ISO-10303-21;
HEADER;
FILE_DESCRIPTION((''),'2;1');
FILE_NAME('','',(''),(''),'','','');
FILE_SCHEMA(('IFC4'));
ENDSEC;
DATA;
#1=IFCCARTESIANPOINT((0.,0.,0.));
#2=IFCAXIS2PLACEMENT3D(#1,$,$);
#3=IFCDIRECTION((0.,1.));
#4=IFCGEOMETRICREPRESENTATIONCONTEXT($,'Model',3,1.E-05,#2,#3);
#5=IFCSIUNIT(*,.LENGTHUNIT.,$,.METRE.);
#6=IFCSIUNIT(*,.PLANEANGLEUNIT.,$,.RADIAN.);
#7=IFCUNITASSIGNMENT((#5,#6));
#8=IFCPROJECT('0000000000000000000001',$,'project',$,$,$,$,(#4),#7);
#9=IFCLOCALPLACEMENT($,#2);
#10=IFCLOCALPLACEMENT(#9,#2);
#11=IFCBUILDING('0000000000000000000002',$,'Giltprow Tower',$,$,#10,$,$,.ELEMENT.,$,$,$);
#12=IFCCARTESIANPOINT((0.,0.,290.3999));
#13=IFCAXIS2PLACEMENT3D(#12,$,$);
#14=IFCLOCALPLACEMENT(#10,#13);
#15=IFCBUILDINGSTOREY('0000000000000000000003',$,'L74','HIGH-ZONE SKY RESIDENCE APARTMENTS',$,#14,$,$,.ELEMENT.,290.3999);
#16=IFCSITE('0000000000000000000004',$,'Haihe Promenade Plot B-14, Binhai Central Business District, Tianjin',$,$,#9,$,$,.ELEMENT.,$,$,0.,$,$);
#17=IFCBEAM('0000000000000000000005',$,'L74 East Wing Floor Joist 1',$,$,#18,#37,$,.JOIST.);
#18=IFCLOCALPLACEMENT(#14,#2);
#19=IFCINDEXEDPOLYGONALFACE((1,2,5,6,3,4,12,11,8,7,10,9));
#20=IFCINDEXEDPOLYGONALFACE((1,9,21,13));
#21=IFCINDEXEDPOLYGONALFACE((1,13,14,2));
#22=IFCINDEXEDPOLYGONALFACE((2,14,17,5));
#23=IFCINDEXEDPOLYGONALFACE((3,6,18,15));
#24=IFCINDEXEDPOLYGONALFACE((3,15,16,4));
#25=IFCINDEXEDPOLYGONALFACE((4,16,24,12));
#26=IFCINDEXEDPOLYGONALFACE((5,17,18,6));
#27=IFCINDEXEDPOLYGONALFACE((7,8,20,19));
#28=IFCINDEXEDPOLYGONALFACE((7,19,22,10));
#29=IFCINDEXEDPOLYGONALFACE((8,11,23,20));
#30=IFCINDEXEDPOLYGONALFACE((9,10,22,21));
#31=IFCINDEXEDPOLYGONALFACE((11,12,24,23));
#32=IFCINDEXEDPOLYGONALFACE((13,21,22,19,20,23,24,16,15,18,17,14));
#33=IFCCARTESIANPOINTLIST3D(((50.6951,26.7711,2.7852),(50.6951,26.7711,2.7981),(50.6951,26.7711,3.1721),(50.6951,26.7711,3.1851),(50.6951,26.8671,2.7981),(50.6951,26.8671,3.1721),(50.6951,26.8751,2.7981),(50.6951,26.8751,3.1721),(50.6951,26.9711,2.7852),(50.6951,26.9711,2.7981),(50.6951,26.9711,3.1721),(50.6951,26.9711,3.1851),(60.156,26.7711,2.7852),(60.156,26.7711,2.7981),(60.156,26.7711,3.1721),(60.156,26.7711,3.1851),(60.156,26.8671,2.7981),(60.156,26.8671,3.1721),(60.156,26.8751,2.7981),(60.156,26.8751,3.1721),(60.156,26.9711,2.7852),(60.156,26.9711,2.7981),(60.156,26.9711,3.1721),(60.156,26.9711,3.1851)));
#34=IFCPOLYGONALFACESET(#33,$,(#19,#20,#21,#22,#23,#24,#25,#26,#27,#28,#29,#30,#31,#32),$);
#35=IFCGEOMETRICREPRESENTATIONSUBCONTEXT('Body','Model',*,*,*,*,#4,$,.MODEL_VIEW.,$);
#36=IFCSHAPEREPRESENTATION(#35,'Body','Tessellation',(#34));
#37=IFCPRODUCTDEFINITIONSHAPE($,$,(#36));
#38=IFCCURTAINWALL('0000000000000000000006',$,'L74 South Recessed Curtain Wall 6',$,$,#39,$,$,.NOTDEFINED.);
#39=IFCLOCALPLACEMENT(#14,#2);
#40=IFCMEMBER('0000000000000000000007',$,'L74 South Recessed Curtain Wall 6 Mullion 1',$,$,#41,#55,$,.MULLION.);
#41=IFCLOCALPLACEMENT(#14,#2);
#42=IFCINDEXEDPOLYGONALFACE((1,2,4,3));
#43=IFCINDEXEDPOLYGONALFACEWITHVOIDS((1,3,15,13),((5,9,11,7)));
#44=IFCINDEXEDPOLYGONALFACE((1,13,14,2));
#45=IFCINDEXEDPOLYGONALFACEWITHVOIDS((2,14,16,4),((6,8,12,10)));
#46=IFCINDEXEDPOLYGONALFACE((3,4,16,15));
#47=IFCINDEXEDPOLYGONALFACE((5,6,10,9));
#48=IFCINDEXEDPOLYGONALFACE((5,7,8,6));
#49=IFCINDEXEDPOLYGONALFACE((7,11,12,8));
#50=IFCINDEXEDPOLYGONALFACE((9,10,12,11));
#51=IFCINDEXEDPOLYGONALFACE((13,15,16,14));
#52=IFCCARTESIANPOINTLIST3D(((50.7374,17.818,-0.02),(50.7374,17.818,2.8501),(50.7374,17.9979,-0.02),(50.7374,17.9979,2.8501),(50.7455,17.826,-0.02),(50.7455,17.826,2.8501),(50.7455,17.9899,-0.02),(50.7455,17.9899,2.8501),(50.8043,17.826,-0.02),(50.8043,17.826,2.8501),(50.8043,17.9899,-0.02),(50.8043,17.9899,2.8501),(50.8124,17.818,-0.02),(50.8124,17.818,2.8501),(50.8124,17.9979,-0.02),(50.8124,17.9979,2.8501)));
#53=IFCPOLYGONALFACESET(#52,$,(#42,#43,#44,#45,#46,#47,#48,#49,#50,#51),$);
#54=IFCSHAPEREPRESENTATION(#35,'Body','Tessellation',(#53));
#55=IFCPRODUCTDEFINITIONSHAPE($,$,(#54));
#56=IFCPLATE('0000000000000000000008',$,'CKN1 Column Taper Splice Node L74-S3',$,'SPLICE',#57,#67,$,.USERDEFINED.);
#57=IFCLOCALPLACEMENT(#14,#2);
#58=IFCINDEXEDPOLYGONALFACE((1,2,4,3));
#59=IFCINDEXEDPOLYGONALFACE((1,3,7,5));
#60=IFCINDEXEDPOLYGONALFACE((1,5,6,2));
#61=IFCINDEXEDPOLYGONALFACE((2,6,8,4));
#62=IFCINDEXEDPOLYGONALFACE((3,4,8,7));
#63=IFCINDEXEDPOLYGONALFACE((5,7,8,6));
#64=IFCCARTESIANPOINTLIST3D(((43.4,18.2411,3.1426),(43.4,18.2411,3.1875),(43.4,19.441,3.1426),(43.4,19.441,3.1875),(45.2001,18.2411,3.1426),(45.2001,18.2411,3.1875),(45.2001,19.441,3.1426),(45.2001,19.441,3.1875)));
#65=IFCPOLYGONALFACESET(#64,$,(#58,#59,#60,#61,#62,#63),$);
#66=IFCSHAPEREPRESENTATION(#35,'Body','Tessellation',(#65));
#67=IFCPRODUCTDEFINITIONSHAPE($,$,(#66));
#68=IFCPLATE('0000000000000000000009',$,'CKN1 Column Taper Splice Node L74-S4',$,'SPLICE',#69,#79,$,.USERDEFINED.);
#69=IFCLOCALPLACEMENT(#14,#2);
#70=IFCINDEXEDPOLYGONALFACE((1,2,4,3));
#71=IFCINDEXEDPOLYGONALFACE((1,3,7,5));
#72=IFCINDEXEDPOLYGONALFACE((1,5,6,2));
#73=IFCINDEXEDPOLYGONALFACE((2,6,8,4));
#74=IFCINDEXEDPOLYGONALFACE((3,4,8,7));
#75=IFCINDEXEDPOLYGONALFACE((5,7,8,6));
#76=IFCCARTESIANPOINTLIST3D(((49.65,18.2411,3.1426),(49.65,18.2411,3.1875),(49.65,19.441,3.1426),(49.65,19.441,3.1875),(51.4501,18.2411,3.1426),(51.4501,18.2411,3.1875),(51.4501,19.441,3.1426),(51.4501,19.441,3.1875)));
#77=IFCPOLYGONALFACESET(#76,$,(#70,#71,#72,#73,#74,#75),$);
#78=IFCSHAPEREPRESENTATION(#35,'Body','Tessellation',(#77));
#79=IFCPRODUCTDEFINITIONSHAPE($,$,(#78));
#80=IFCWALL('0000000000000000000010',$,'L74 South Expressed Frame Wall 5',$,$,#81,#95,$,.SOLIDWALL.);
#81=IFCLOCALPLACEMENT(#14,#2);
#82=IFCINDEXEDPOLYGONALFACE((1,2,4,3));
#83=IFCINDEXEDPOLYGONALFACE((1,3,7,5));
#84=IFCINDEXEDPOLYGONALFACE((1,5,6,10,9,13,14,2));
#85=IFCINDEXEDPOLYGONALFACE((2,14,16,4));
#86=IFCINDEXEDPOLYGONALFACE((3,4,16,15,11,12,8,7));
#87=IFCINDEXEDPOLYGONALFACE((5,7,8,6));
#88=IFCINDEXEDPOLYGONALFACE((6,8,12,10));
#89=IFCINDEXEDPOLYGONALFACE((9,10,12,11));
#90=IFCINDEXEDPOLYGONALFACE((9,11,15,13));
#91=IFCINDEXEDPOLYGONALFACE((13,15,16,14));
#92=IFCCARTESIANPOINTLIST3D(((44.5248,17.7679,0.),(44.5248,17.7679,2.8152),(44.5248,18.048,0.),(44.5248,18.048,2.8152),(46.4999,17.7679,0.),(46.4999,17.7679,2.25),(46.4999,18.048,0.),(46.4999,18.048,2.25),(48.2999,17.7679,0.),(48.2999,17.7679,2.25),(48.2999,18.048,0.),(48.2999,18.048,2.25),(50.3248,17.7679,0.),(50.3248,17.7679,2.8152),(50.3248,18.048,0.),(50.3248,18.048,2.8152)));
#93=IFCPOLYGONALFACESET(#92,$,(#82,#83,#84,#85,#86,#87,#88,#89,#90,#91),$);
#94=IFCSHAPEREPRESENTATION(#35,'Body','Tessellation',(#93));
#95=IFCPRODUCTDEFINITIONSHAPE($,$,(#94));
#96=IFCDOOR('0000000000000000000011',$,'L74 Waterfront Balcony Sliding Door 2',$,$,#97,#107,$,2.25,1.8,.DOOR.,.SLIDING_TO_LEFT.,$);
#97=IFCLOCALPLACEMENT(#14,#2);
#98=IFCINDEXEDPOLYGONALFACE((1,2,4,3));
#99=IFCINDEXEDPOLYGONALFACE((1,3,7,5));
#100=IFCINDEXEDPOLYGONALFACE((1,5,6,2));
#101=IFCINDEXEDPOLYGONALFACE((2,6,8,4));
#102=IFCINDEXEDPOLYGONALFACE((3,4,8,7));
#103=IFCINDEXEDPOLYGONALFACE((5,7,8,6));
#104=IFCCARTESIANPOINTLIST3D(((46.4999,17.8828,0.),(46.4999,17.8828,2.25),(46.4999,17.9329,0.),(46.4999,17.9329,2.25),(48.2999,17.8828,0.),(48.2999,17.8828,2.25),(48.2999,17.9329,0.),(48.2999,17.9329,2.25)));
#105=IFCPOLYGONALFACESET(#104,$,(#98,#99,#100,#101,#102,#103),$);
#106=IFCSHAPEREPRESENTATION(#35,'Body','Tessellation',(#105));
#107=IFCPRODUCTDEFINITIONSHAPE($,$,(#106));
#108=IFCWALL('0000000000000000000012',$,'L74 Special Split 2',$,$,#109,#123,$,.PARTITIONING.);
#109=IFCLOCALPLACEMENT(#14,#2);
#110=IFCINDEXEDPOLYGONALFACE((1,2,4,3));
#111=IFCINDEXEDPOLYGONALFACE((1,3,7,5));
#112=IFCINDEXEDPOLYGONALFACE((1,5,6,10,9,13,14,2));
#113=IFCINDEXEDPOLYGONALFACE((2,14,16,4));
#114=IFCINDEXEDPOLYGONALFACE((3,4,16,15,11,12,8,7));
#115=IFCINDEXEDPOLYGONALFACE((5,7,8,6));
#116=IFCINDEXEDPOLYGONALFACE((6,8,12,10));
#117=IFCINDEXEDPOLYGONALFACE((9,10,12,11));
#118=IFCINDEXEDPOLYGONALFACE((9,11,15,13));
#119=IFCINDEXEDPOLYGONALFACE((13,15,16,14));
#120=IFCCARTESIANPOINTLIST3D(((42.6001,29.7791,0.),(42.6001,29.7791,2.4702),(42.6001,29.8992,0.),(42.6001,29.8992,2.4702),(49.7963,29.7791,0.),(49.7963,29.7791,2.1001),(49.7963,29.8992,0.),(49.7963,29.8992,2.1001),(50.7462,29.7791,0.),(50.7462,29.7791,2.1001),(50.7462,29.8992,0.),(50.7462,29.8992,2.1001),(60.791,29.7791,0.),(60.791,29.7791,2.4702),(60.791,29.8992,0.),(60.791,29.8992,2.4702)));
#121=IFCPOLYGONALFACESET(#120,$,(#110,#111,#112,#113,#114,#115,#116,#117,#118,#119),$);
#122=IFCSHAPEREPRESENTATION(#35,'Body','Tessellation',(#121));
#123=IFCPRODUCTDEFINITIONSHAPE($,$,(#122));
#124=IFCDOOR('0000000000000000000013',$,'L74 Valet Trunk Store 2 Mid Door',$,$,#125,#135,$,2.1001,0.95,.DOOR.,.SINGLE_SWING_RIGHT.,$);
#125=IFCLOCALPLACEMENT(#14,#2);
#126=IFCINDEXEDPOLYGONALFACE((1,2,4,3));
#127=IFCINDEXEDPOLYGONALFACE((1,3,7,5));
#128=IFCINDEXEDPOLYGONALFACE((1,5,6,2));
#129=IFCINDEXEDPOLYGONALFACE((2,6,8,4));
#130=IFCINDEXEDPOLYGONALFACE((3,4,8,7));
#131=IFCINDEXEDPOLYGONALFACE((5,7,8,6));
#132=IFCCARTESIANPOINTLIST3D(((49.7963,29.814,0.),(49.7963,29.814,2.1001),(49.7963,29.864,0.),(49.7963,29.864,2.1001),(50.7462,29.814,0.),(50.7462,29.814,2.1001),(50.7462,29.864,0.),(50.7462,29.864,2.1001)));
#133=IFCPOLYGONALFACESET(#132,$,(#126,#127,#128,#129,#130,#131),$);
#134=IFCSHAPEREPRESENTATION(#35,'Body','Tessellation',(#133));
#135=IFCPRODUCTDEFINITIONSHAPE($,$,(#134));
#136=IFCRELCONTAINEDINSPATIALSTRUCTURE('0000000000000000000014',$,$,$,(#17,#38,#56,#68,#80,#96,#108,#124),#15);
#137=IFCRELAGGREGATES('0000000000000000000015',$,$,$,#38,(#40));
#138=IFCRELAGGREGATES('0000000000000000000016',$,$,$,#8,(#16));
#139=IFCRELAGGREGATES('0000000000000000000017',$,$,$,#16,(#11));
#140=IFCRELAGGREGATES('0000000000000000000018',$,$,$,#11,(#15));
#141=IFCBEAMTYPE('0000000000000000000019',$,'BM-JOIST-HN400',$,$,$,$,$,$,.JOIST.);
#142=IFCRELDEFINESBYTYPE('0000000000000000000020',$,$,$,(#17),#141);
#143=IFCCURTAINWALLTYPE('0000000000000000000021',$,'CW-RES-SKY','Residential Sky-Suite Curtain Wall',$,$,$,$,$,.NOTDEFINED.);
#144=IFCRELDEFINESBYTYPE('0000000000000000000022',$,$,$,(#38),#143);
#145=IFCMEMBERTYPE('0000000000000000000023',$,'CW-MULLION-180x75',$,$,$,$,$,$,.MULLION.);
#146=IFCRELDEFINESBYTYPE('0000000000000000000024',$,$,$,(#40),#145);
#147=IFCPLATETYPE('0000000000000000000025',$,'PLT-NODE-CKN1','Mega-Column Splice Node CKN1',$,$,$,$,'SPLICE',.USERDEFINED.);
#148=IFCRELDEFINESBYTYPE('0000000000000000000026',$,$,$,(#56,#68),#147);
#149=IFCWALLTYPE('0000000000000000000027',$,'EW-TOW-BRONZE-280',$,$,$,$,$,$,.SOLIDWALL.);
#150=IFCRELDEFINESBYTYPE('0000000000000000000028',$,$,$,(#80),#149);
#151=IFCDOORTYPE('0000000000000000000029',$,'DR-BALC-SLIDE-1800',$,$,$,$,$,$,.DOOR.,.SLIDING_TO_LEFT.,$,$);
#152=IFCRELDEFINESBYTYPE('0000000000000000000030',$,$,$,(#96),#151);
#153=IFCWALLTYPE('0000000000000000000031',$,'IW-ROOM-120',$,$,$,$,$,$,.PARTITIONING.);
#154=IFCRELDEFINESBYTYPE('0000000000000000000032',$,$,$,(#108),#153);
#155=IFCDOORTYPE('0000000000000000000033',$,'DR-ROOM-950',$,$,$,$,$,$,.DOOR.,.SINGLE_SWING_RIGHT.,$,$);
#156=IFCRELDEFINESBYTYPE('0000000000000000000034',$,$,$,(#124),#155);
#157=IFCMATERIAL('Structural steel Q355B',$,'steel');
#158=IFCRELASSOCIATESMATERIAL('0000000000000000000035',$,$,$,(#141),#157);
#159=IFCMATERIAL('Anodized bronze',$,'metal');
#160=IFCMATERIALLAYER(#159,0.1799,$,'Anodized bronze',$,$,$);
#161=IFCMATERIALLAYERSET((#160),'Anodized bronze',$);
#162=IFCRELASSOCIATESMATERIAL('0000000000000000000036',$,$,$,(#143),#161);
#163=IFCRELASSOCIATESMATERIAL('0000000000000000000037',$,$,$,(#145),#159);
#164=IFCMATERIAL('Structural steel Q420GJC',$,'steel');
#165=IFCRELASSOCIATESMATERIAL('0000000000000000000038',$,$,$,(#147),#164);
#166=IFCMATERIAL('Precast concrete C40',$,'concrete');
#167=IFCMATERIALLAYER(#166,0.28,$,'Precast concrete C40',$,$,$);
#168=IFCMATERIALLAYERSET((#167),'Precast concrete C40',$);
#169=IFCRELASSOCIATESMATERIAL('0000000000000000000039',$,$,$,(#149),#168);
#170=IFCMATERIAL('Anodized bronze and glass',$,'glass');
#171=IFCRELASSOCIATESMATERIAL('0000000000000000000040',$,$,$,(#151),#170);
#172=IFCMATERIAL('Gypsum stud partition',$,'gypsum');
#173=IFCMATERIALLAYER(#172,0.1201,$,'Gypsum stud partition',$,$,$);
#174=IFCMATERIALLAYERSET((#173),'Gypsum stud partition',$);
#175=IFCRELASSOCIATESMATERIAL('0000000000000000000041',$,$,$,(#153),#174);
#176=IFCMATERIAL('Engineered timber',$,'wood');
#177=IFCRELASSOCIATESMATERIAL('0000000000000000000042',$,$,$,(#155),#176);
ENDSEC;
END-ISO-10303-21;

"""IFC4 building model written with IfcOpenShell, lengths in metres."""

from ifc_helpers import new_model, si_unit, direction, frame, frame_2d, origin, origin_2d, place, context, subcontext, project, spatial, rectangle, hollow_rectangle, i_section, extrude, source, transform, mapped, material, layer, layer_set, material_profile, profile_set, type_object, element, fill, aggregate, save


model = new_model("IFC4")

# Units and contexts
model_context = context("Model", 3, precision=1e-05, world=origin(), true_north=direction((0.0, 1.0)))
body_context = subcontext(model_context, "Body", "Model", "MODEL_VIEW")
ifc_project = project(units=[si_unit("LENGTHUNIT", "METRE"), si_unit("PLANEANGLEUNIT", "RADIAN")], contexts=[model_context])

# Site, building, storey
site_placement = place(None, origin())
site = spatial("IfcSite", under=ifc_project, at=site_placement, Name="Haihe Promenade Plot B-14, Binhai Central Business District, Tianjin", CompositionType="ELEMENT", RefElevation=0.0)
building_placement = place(site_placement, origin())
building = spatial("IfcBuilding", under=site, at=building_placement, Name="Giltprow Tower", CompositionType="ELEMENT")
storey_placement = place(building_placement, frame((0.0, 0.0, 290.3999)))
storey = spatial("IfcBuildingStorey", under=building, at=storey_placement, Name="L74", Description="HIGH-ZONE SKY RESIDENCE APARTMENTS", CompositionType="ELEMENT", Elevation=290.3999)

# Shared definitions
ifc_material_1 = material(Name="Structural steel Q355B", Category="steel")

# Beam
ifc_material_profile_1 = material_profile(ifc_material_1, i_section(OverallWidth=0.2, OverallDepth=0.3999, WebThickness=0.0081, FlangeThickness=0.0129, at=origin_2d()), Name="HN 400x200x8x13")
ifc_profile_set_1 = profile_set([ifc_material_profile_1], Name="Structural steel Q355B")
beam_type_1 = type_object("IfcBeamType", Name="BM-JOIST-HN400", PredefinedType="JOIST", material=ifc_profile_set_1)
shared_shape_1 = source(origin(), body_context, "Body", "SweptSolid", [
    extrude(i_section(OverallWidth=0.2, OverallDepth=0.3999, WebThickness=0.0081, FlangeThickness=0.0129, at=origin_2d()), origin(), (0.0, 0.0, 1.0), 9.4609),
])
beam_1_placement = place(storey_placement, frame((50.6951, 26.8711, 2.9851), z_axis=(1.0, 0.0, 0.0), x_axis=(0.0, 1.0, 0.0)))
element("IfcBeam", 1, at=beam_1_placement, inside=storey, type_object=beam_type_1, Name="L74 East Wing Floor Joist 1", PredefinedType="JOIST", context=body_context, shape_type="MappedRepresentation", body=[
    mapped(shared_shape_1, transform((0.0, 0.0, 0.0), x_axis=(1.0, 0.0, 0.0), y_axis=(0.0, 1.0, 0.0), z_axis=(0.0, 0.0, 1.0), scale=1.0)),
])

# Curtain wall, member
ifc_material_2 = material(Name="Anodized bronze", Category="metal")
ifc_layer_1 = layer(ifc_material_2, 0.1799, Name="Anodized bronze")
ifc_layer_set_1 = layer_set([ifc_layer_1], Name="Anodized bronze")
curtain_wall_type = type_object("IfcCurtainWallType", Name="CW-RES-SKY", Description="Residential Sky-Suite Curtain Wall", PredefinedType="NOTDEFINED", material=ifc_layer_set_1)
curtain_wall_placement = place(storey_placement, origin())
curtain_wall = element("IfcCurtainWall", 2, at=curtain_wall_placement, inside=storey, type_object=curtain_wall_type, Name="L74 South Recessed Curtain Wall 6", PredefinedType="NOTDEFINED")
ifc_material_profile_2 = material_profile(ifc_material_2, hollow_rectangle(XDim=0.075, YDim=0.1799, WallThickness=0.0081, at=origin_2d()), Name="RHS 180x75x8")
ifc_profile_set_2 = profile_set([ifc_material_profile_2], Name="Anodized bronze")
member_type = type_object("IfcMemberType", Name="CW-MULLION-180x75", PredefinedType="MULLION", material=ifc_profile_set_2)
shared_shape_2 = source(origin(), body_context, "Body", "SweptSolid", [
    extrude(hollow_rectangle(XDim=0.075, YDim=0.1799, WallThickness=0.0081, at=origin_2d()), origin(), (0.0, 0.0, 1.0), 2.8701),
])
member_placement = place(storey_placement, frame((50.7749, 17.908, -0.02), z_axis=(0.0, 0.0, 1.0), x_axis=(1.0, 0.0, 0.0)))
member = element("IfcMember", 3, at=member_placement, type_object=member_type, Name="L74 South Recessed Curtain Wall 6 Mullion 1", PredefinedType="MULLION", context=body_context, shape_type="MappedRepresentation", body=[
    mapped(shared_shape_2, transform((0.0, 0.0, 0.0), x_axis=(1.0, 0.0, 0.0), y_axis=(0.0, 1.0, 0.0), z_axis=(0.0, 0.0, 1.0), scale=1.0)),
])
aggregate(curtain_wall, [member])

# Plates
ifc_material_3 = material(Name="Structural steel Q420GJC", Category="steel")
plate_type = type_object("IfcPlateType", Name="PLT-NODE-CKN1", Description="Mega-Column Splice Node CKN1", ElementType="SPLICE", PredefinedType="USERDEFINED", material=ifc_material_3)
shared_shape_3 = source(origin(), body_context, "Body", "SweptSolid", [
    extrude(rectangle(XDim=1.8, YDim=1.2, at=origin_2d()), origin(), (0.0, 0.0, 1.0), 0.0449),
])
for number, where, z_axis, x_axis, name in (
    (4, (44.3, 18.8411, 3.1426), (0.0, 0.0, 1.0), (1.0, 0.0, 0.0), "CKN1 Column Taper Splice Node L74-S3"),
    (5, (50.55, 18.8411, 3.1426), (0.0, 0.0, 1.0), (1.0, 0.0, 0.0), "CKN1 Column Taper Splice Node L74-S4"),
):
    element("IfcPlate", number, at=place(storey_placement, frame(where, z_axis=z_axis, x_axis=x_axis)), inside=storey, type_object=plate_type, Name=name, ObjectType="SPLICE", PredefinedType="USERDEFINED", context=body_context, shape_type="MappedRepresentation", body=[
        mapped(shared_shape_3, transform((0.0, 0.0, 0.0), x_axis=(1.0, 0.0, 0.0), y_axis=(0.0, 1.0, 0.0), z_axis=(0.0, 0.0, 1.0), scale=1.0)),
    ])

# Walls, openings, doors
ifc_material_4 = material(Name="Precast concrete C40", Category="concrete")
ifc_layer_2 = layer(ifc_material_4, 0.28, Name="Precast concrete C40")
ifc_layer_set_2 = layer_set([ifc_layer_2], Name="Precast concrete C40")
wall_type_1 = type_object("IfcWallType", Name="EW-TOW-BRONZE-280", PredefinedType="SOLIDWALL", material=ifc_layer_set_2)
wall_1_placement = place(storey_placement, frame((44.5249, 17.908, 0.0), z_axis=(0.0, 0.0, 1.0), x_axis=(1.0, 0.0, 0.0)))
wall_1 = element("IfcWall", 6, at=wall_1_placement, inside=storey, type_object=wall_type_1, Name="L74 South Expressed Frame Wall 5", PredefinedType="SOLIDWALL", context=body_context, shape_type="SweptSolid", body=[
    extrude(rectangle(XDim=5.8, YDim=0.28, at=frame_2d((2.8999, 0.0))), origin(), (0.0, 0.0, 1.0), 2.8152),
])
opening_1_placement = place(wall_1_placement, frame((1.9751, 0.0, 0.0)))
opening_1 = element("IfcOpeningElement", 7, at=opening_1_placement, cuts=wall_1, PredefinedType="OPENING", context=body_context, shape_type="SweptSolid", body=[
    extrude(rectangle(XDim=1.8, YDim=2.25, at=frame_2d((0.8999, 1.125))), frame((0.0, 0.1499, 0.0), z_axis=(0.0, -1.0, 0.0), x_axis=(1.0, 0.0, 0.0)), (0.0, 0.0, 1.0), 0.3),
])
ifc_material_5 = material(Name="Anodized bronze and glass", Category="glass")
door_type_1 = type_object("IfcDoorType", Name="DR-BALC-SLIDE-1800", OperationType="SLIDING_TO_LEFT", PredefinedType="DOOR", material=ifc_material_5)
shared_shape_4 = source(origin(), body_context, "Body", "SweptSolid", [
    extrude(rectangle(XDim=1.8, YDim=2.25, at=frame_2d((0.8999, 1.125))), frame((0.0, 0.0249, 0.0), z_axis=(0.0, -1.0, 0.0), x_axis=(1.0, 0.0, 0.0)), (0.0, 0.0, 1.0), 0.05),
])
door_1_placement = place(opening_1_placement, origin())
door_1 = element("IfcDoor", 8, at=door_1_placement, inside=storey, type_object=door_type_1, Name="L74 Waterfront Balcony Sliding Door 2", OperationType="SLIDING_TO_LEFT", OverallHeight=2.25, OverallWidth=1.8, PredefinedType="DOOR", context=body_context, shape_type="MappedRepresentation", body=[
    mapped(shared_shape_4, transform((0.0, 0.0, 0.0), x_axis=(1.0, 0.0, 0.0), y_axis=(0.0, 1.0, 0.0), z_axis=(0.0, 0.0, 1.0), scale=1.0)),
])
fill(opening_1, door_1)
ifc_material_6 = material(Name="Gypsum stud partition", Category="gypsum")
ifc_layer_3 = layer(ifc_material_6, 0.1201, Name="Gypsum stud partition")
ifc_layer_set_3 = layer_set([ifc_layer_3], Name="Gypsum stud partition")
wall_type_2 = type_object("IfcWallType", Name="IW-ROOM-120", PredefinedType="PARTITIONING", material=ifc_layer_set_3)
wall_2_placement = place(storey_placement, frame((42.6001, 29.8391, 0.0), z_axis=(0.0, 0.0, 1.0), x_axis=(1.0, 0.0, 0.0)))
wall_2 = element("IfcWall", 9, at=wall_2_placement, inside=storey, type_object=wall_type_2, Name="L74 Special Split 2", PredefinedType="PARTITIONING", context=body_context, shape_type="SweptSolid", body=[
    extrude(rectangle(XDim=18.1909, YDim=0.1201, at=frame_2d((9.0955, 0.0))), origin(), (0.0, 0.0, 1.0), 2.4702),
])
opening_2_placement = place(wall_2_placement, frame((7.196, 0.0, 0.0)))
opening_2 = element("IfcOpeningElement", 10, at=opening_2_placement, cuts=wall_2, PredefinedType="OPENING", context=body_context, shape_type="SweptSolid", body=[
    extrude(rectangle(XDim=0.95, YDim=2.1001, at=frame_2d((0.4751, 1.05))), frame((0.0, 0.0701, 0.0), z_axis=(0.0, -1.0, 0.0), x_axis=(1.0, 0.0, 0.0)), (0.0, 0.0, 1.0), 0.1401),
])
ifc_material_7 = material(Name="Engineered timber", Category="wood")
door_type_2 = type_object("IfcDoorType", Name="DR-ROOM-950", OperationType="SINGLE_SWING_RIGHT", PredefinedType="DOOR", material=ifc_material_7)
shared_shape_5 = source(origin(), body_context, "Body", "SweptSolid", [
    extrude(rectangle(XDim=0.95, YDim=2.1001, at=frame_2d((0.4751, 1.05))), frame((0.0, 0.0249, 0.0), z_axis=(0.0, -1.0, 0.0), x_axis=(1.0, 0.0, 0.0)), (0.0, 0.0, 1.0), 0.05),
])
door_2_placement = place(opening_2_placement, origin())
door_2 = element("IfcDoor", 11, at=door_2_placement, inside=storey, type_object=door_type_2, Name="L74 Valet Trunk Store 2 Mid Door", OperationType="SINGLE_SWING_RIGHT", OverallHeight=2.1001, OverallWidth=0.95, PredefinedType="DOOR", context=body_context, shape_type="MappedRepresentation", body=[
    mapped(shared_shape_5, transform((0.0, 0.0, 0.0), x_axis=(1.0, 0.0, 0.0), y_axis=(0.0, 1.0, 0.0), z_axis=(0.0, 0.0, 1.0), scale=1.0)),
])
fill(opening_2, door_2)

save(model, "model.ifc")
